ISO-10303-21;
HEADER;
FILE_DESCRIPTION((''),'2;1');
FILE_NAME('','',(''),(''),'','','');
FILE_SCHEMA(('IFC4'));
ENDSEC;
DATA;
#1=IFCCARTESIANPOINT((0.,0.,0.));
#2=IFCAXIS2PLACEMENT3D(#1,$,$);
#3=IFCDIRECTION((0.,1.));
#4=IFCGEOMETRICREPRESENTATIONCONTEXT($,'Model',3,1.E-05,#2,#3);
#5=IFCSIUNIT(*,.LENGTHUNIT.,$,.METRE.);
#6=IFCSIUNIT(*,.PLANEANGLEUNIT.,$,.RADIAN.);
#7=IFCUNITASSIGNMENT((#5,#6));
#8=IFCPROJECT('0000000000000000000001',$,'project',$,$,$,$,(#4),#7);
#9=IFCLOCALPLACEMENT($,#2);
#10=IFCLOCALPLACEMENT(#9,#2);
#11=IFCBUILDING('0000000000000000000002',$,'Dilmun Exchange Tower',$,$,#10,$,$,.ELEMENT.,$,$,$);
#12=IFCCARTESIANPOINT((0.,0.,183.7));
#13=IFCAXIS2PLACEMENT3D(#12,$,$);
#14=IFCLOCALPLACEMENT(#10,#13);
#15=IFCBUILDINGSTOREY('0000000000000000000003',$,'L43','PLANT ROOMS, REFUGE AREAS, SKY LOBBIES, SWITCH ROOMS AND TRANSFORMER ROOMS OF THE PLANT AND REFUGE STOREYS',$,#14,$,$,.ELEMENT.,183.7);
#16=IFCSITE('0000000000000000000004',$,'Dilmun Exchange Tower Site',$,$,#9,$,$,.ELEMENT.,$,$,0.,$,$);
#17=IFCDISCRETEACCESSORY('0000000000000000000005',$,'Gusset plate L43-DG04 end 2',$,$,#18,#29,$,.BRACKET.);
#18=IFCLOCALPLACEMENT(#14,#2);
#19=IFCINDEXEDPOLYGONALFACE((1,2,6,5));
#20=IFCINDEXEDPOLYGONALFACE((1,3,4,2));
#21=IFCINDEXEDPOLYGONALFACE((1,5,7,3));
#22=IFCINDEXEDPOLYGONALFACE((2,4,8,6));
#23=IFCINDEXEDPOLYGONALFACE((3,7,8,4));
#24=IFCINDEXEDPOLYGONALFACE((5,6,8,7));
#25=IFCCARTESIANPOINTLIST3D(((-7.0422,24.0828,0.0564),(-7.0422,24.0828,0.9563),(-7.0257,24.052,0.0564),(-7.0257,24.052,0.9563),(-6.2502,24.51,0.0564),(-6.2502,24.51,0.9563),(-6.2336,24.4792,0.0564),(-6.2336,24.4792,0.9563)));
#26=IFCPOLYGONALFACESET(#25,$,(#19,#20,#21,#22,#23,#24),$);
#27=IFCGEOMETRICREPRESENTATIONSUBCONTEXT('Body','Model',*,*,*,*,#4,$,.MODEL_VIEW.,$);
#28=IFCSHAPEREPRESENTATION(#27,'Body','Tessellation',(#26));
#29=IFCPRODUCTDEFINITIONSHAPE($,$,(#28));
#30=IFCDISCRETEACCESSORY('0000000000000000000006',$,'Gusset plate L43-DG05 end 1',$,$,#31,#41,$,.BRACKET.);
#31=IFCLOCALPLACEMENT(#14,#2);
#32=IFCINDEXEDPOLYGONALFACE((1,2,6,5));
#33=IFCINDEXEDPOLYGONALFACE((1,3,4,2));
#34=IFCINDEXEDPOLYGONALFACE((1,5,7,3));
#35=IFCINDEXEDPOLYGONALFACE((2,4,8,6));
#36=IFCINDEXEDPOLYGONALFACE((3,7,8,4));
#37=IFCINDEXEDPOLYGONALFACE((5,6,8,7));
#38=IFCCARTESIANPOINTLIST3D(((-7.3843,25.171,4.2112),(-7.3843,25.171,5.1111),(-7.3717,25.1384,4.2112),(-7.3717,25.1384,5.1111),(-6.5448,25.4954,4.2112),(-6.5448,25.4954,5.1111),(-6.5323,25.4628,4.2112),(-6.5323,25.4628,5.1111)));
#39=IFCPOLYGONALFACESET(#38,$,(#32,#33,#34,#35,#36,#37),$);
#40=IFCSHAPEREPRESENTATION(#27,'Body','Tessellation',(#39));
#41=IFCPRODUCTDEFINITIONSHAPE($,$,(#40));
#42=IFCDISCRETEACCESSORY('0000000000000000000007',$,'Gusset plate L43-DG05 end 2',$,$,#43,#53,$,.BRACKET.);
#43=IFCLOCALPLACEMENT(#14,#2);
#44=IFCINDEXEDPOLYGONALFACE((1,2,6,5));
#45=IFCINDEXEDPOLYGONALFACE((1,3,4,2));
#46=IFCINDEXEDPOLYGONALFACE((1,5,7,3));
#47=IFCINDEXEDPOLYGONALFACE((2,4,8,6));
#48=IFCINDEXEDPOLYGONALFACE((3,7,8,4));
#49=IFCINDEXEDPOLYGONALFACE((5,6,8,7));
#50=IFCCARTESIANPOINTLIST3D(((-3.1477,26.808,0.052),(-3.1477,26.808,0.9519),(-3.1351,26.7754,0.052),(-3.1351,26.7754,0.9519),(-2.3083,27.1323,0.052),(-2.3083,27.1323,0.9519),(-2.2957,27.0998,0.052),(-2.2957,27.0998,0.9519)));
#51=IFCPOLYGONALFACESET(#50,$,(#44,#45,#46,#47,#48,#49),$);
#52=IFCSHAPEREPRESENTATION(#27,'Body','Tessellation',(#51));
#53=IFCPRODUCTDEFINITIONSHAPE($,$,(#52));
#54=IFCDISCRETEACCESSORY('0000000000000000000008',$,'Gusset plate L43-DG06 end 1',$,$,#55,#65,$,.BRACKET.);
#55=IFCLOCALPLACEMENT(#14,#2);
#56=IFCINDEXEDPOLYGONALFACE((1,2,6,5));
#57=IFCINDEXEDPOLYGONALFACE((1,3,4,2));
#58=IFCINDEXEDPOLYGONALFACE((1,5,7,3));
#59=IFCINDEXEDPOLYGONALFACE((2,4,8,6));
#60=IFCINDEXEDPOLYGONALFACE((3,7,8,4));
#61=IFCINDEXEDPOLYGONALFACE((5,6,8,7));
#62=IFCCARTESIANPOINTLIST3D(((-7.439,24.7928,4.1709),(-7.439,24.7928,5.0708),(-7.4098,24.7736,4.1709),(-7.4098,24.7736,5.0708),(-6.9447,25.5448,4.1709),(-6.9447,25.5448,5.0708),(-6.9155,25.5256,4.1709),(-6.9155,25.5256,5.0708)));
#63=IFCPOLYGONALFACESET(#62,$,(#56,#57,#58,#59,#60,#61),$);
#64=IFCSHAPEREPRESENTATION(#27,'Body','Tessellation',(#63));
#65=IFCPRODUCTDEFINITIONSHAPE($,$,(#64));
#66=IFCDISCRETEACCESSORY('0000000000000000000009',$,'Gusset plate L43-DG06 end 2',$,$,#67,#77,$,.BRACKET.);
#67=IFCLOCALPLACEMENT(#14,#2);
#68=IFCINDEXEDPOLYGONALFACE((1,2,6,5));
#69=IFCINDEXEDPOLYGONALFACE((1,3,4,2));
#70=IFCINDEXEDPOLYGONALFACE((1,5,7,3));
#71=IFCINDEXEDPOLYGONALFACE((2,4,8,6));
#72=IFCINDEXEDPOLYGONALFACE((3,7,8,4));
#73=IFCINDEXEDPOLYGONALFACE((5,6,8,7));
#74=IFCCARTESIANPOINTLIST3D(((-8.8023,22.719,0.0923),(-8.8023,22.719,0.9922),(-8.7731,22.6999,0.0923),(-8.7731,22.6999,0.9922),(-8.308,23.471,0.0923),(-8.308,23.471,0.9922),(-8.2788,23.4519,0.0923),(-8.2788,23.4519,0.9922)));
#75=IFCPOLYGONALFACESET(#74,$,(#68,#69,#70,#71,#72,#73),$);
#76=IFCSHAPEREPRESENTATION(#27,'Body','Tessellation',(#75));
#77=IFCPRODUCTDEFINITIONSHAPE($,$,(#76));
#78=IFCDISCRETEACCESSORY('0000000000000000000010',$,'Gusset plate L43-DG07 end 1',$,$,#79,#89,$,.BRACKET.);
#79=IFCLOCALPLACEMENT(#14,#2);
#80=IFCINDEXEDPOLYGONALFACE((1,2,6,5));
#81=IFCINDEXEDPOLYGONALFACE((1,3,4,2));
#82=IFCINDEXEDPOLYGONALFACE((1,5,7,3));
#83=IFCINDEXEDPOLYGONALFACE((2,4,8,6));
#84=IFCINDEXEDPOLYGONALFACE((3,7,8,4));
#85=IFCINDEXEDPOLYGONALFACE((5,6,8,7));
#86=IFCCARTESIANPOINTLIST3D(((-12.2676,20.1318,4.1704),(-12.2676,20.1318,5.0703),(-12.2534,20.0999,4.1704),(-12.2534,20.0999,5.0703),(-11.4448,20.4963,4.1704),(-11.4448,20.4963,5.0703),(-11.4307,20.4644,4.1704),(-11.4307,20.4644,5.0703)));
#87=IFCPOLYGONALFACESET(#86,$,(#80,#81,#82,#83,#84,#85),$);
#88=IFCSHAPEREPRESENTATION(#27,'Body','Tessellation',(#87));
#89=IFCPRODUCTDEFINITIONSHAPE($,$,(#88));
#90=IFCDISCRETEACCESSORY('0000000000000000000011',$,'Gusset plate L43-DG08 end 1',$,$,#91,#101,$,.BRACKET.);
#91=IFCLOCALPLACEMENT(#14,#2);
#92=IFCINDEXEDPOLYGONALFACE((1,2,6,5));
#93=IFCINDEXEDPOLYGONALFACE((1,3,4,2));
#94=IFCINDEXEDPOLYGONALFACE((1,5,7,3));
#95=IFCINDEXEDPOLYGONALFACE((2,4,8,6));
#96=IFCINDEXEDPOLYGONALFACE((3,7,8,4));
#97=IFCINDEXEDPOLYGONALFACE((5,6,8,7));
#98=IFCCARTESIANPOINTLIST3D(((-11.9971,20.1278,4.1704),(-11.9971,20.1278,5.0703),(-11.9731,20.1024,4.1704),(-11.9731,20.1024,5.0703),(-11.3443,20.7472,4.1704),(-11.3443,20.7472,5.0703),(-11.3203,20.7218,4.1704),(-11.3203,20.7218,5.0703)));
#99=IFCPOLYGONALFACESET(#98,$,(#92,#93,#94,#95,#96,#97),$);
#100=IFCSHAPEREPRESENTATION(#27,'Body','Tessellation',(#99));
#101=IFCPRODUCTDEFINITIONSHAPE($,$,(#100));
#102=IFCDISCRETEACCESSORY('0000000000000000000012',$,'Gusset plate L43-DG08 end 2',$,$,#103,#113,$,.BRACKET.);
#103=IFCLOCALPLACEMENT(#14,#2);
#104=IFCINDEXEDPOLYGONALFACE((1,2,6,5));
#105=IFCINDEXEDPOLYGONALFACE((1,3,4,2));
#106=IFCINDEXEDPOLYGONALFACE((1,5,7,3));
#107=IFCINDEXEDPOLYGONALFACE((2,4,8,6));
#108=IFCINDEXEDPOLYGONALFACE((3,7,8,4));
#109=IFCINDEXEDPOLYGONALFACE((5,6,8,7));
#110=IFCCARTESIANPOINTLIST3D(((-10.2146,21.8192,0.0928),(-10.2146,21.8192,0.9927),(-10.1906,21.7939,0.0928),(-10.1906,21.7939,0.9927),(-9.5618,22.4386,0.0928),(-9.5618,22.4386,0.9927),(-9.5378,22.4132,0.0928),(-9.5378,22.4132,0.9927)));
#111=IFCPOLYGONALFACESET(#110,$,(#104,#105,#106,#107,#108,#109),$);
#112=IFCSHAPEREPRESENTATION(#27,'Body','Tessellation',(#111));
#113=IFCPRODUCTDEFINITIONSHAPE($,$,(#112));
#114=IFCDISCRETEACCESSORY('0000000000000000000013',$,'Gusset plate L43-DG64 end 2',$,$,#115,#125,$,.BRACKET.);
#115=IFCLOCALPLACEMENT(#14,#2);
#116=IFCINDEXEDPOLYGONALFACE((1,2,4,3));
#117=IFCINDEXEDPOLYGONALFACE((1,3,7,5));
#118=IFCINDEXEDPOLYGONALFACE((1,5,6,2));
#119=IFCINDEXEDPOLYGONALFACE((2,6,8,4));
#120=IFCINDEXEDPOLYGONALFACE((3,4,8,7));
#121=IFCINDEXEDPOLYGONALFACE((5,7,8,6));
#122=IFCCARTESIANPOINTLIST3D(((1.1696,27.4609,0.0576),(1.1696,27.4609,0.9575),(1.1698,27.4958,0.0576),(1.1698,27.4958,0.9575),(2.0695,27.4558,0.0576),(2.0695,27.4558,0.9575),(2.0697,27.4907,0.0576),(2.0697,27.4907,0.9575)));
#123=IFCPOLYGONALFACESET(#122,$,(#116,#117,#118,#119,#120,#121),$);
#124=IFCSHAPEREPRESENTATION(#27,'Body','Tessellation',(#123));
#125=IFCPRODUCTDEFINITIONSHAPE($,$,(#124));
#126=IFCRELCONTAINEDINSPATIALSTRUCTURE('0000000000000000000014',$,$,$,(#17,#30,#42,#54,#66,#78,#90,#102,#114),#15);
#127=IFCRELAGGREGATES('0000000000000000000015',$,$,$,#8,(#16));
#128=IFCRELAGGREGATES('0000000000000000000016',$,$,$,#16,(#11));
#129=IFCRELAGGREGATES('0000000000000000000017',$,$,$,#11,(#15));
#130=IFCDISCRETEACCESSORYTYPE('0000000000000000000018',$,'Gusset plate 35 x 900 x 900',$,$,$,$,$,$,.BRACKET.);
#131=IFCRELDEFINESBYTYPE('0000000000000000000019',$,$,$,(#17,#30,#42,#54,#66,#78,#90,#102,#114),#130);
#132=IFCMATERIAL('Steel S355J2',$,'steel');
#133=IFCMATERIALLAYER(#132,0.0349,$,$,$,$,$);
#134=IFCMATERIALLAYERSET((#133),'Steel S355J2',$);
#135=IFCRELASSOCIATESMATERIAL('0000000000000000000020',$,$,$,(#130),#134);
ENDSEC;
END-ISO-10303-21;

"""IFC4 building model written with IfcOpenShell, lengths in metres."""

from ifc_helpers import new_model, si_unit, direction, frame, origin, origin_2d, place, context, subcontext, project, spatial, rectangle, extrude, material, layer, layer_set, type_object, element, save


model = new_model("IFC4")

# Units and contexts
model_context = context("Model", 3, precision=1e-05, world=origin(), true_north=direction((0.0, 1.0)))
body_context = subcontext(model_context, "Body", "Model", "MODEL_VIEW")
ifc_project = project(units=[si_unit("LENGTHUNIT", "METRE"), si_unit("PLANEANGLEUNIT", "RADIAN")], contexts=[model_context])

# Site, building, storey
site_placement = place(None, origin())
site = spatial("IfcSite", under=ifc_project, at=site_placement, Name="Dilmun Exchange Tower Site", CompositionType="ELEMENT", RefElevation=0.0)
building_placement = place(site_placement, origin())
building = spatial("IfcBuilding", under=site, at=building_placement, Name="Dilmun Exchange Tower", CompositionType="ELEMENT")
storey_placement = place(building_placement, frame((0.0, 0.0, 183.7)))
storey = spatial("IfcBuildingStorey", under=building, at=storey_placement, Name="L43", Description="PLANT ROOMS, REFUGE AREAS, SKY LOBBIES, SWITCH ROOMS AND TRANSFORMER ROOMS OF THE PLANT AND REFUGE STOREYS", CompositionType="ELEMENT", Elevation=183.7)

# Discrete accessories
ifc_material_1 = material(Name="Steel S355J2", Category="steel")
ifc_layer_1 = layer(ifc_material_1, 0.0349)
ifc_layer_set_1 = layer_set([ifc_layer_1], Name="Steel S355J2")
discrete_accessory_type = type_object("IfcDiscreteAccessoryType", Name="Gusset plate 35 x 900 x 900", PredefinedType="BRACKET", material=ifc_layer_set_1)
for number, where, z_axis, x_axis, name in (
    (1, (-6.6379, 24.281, 0.0564), (0.0, 0.0, 1.0), (-0.880132, -0.474729, 0.0), "Gusset plate L43-DG04 end 2"),
    (2, (-6.9583, 25.3169, 4.2112), (0.0, 0.0, 1.0), (0.932783, 0.360438, 0.0), "Gusset plate L43-DG05 end 1"),
    (3, (-2.7217, 26.9539, 0.052), (0.0, 0.0, 1.0), (0.932783, 0.360438, 0.0), "Gusset plate L43-DG05 end 2"),
    (4, (-7.1772, 25.1592, 4.1709), (0.0, 0.0, 1.0), (-0.549293, -0.83563, 0.0), "Gusset plate L43-DG06 end 1"),
    (5, (-8.5405, 23.0854, 0.0923), (0.0, 0.0, 1.0), (-0.549293, -0.83563, 0.0), "Gusset plate L43-DG06 end 2"),
    (6, (-11.8491, 20.2981, 4.1704), (0.0, 0.0, 1.0), (-0.914308, -0.40502, 0.0), "Gusset plate L43-DG07 end 1"),
    (7, (-11.6587, 20.4248, 4.1704), (0.0, 0.0, 1.0), (0.725437, 0.688289, 0.0), "Gusset plate L43-DG08 end 1"),
    (8, (-9.8762, 22.1162, 0.0928), (0.0, 0.0, 1.0), (0.725437, 0.688289, 0.0), "Gusset plate L43-DG08 end 2"),
    (9, (1.6196, 27.4758, 0.0576), (0.0, 0.0, 1.0), (-0.999984, 0.005671, 0.0), "Gusset plate L43-DG64 end 2"),
):
    element("IfcDiscreteAccessory", number, at=place(storey_placement, frame(where, z_axis=z_axis, x_axis=x_axis)), inside=storey, type_object=discrete_accessory_type, Name=name, PredefinedType="BRACKET", context=body_context, shape_type="SweptSolid", body=[
        extrude(rectangle(XDim=0.8999, YDim=0.0349, at=origin_2d()), origin(), (0.0, 0.0, 1.0), 0.8999),
    ])

save(model, "model.ifc")
